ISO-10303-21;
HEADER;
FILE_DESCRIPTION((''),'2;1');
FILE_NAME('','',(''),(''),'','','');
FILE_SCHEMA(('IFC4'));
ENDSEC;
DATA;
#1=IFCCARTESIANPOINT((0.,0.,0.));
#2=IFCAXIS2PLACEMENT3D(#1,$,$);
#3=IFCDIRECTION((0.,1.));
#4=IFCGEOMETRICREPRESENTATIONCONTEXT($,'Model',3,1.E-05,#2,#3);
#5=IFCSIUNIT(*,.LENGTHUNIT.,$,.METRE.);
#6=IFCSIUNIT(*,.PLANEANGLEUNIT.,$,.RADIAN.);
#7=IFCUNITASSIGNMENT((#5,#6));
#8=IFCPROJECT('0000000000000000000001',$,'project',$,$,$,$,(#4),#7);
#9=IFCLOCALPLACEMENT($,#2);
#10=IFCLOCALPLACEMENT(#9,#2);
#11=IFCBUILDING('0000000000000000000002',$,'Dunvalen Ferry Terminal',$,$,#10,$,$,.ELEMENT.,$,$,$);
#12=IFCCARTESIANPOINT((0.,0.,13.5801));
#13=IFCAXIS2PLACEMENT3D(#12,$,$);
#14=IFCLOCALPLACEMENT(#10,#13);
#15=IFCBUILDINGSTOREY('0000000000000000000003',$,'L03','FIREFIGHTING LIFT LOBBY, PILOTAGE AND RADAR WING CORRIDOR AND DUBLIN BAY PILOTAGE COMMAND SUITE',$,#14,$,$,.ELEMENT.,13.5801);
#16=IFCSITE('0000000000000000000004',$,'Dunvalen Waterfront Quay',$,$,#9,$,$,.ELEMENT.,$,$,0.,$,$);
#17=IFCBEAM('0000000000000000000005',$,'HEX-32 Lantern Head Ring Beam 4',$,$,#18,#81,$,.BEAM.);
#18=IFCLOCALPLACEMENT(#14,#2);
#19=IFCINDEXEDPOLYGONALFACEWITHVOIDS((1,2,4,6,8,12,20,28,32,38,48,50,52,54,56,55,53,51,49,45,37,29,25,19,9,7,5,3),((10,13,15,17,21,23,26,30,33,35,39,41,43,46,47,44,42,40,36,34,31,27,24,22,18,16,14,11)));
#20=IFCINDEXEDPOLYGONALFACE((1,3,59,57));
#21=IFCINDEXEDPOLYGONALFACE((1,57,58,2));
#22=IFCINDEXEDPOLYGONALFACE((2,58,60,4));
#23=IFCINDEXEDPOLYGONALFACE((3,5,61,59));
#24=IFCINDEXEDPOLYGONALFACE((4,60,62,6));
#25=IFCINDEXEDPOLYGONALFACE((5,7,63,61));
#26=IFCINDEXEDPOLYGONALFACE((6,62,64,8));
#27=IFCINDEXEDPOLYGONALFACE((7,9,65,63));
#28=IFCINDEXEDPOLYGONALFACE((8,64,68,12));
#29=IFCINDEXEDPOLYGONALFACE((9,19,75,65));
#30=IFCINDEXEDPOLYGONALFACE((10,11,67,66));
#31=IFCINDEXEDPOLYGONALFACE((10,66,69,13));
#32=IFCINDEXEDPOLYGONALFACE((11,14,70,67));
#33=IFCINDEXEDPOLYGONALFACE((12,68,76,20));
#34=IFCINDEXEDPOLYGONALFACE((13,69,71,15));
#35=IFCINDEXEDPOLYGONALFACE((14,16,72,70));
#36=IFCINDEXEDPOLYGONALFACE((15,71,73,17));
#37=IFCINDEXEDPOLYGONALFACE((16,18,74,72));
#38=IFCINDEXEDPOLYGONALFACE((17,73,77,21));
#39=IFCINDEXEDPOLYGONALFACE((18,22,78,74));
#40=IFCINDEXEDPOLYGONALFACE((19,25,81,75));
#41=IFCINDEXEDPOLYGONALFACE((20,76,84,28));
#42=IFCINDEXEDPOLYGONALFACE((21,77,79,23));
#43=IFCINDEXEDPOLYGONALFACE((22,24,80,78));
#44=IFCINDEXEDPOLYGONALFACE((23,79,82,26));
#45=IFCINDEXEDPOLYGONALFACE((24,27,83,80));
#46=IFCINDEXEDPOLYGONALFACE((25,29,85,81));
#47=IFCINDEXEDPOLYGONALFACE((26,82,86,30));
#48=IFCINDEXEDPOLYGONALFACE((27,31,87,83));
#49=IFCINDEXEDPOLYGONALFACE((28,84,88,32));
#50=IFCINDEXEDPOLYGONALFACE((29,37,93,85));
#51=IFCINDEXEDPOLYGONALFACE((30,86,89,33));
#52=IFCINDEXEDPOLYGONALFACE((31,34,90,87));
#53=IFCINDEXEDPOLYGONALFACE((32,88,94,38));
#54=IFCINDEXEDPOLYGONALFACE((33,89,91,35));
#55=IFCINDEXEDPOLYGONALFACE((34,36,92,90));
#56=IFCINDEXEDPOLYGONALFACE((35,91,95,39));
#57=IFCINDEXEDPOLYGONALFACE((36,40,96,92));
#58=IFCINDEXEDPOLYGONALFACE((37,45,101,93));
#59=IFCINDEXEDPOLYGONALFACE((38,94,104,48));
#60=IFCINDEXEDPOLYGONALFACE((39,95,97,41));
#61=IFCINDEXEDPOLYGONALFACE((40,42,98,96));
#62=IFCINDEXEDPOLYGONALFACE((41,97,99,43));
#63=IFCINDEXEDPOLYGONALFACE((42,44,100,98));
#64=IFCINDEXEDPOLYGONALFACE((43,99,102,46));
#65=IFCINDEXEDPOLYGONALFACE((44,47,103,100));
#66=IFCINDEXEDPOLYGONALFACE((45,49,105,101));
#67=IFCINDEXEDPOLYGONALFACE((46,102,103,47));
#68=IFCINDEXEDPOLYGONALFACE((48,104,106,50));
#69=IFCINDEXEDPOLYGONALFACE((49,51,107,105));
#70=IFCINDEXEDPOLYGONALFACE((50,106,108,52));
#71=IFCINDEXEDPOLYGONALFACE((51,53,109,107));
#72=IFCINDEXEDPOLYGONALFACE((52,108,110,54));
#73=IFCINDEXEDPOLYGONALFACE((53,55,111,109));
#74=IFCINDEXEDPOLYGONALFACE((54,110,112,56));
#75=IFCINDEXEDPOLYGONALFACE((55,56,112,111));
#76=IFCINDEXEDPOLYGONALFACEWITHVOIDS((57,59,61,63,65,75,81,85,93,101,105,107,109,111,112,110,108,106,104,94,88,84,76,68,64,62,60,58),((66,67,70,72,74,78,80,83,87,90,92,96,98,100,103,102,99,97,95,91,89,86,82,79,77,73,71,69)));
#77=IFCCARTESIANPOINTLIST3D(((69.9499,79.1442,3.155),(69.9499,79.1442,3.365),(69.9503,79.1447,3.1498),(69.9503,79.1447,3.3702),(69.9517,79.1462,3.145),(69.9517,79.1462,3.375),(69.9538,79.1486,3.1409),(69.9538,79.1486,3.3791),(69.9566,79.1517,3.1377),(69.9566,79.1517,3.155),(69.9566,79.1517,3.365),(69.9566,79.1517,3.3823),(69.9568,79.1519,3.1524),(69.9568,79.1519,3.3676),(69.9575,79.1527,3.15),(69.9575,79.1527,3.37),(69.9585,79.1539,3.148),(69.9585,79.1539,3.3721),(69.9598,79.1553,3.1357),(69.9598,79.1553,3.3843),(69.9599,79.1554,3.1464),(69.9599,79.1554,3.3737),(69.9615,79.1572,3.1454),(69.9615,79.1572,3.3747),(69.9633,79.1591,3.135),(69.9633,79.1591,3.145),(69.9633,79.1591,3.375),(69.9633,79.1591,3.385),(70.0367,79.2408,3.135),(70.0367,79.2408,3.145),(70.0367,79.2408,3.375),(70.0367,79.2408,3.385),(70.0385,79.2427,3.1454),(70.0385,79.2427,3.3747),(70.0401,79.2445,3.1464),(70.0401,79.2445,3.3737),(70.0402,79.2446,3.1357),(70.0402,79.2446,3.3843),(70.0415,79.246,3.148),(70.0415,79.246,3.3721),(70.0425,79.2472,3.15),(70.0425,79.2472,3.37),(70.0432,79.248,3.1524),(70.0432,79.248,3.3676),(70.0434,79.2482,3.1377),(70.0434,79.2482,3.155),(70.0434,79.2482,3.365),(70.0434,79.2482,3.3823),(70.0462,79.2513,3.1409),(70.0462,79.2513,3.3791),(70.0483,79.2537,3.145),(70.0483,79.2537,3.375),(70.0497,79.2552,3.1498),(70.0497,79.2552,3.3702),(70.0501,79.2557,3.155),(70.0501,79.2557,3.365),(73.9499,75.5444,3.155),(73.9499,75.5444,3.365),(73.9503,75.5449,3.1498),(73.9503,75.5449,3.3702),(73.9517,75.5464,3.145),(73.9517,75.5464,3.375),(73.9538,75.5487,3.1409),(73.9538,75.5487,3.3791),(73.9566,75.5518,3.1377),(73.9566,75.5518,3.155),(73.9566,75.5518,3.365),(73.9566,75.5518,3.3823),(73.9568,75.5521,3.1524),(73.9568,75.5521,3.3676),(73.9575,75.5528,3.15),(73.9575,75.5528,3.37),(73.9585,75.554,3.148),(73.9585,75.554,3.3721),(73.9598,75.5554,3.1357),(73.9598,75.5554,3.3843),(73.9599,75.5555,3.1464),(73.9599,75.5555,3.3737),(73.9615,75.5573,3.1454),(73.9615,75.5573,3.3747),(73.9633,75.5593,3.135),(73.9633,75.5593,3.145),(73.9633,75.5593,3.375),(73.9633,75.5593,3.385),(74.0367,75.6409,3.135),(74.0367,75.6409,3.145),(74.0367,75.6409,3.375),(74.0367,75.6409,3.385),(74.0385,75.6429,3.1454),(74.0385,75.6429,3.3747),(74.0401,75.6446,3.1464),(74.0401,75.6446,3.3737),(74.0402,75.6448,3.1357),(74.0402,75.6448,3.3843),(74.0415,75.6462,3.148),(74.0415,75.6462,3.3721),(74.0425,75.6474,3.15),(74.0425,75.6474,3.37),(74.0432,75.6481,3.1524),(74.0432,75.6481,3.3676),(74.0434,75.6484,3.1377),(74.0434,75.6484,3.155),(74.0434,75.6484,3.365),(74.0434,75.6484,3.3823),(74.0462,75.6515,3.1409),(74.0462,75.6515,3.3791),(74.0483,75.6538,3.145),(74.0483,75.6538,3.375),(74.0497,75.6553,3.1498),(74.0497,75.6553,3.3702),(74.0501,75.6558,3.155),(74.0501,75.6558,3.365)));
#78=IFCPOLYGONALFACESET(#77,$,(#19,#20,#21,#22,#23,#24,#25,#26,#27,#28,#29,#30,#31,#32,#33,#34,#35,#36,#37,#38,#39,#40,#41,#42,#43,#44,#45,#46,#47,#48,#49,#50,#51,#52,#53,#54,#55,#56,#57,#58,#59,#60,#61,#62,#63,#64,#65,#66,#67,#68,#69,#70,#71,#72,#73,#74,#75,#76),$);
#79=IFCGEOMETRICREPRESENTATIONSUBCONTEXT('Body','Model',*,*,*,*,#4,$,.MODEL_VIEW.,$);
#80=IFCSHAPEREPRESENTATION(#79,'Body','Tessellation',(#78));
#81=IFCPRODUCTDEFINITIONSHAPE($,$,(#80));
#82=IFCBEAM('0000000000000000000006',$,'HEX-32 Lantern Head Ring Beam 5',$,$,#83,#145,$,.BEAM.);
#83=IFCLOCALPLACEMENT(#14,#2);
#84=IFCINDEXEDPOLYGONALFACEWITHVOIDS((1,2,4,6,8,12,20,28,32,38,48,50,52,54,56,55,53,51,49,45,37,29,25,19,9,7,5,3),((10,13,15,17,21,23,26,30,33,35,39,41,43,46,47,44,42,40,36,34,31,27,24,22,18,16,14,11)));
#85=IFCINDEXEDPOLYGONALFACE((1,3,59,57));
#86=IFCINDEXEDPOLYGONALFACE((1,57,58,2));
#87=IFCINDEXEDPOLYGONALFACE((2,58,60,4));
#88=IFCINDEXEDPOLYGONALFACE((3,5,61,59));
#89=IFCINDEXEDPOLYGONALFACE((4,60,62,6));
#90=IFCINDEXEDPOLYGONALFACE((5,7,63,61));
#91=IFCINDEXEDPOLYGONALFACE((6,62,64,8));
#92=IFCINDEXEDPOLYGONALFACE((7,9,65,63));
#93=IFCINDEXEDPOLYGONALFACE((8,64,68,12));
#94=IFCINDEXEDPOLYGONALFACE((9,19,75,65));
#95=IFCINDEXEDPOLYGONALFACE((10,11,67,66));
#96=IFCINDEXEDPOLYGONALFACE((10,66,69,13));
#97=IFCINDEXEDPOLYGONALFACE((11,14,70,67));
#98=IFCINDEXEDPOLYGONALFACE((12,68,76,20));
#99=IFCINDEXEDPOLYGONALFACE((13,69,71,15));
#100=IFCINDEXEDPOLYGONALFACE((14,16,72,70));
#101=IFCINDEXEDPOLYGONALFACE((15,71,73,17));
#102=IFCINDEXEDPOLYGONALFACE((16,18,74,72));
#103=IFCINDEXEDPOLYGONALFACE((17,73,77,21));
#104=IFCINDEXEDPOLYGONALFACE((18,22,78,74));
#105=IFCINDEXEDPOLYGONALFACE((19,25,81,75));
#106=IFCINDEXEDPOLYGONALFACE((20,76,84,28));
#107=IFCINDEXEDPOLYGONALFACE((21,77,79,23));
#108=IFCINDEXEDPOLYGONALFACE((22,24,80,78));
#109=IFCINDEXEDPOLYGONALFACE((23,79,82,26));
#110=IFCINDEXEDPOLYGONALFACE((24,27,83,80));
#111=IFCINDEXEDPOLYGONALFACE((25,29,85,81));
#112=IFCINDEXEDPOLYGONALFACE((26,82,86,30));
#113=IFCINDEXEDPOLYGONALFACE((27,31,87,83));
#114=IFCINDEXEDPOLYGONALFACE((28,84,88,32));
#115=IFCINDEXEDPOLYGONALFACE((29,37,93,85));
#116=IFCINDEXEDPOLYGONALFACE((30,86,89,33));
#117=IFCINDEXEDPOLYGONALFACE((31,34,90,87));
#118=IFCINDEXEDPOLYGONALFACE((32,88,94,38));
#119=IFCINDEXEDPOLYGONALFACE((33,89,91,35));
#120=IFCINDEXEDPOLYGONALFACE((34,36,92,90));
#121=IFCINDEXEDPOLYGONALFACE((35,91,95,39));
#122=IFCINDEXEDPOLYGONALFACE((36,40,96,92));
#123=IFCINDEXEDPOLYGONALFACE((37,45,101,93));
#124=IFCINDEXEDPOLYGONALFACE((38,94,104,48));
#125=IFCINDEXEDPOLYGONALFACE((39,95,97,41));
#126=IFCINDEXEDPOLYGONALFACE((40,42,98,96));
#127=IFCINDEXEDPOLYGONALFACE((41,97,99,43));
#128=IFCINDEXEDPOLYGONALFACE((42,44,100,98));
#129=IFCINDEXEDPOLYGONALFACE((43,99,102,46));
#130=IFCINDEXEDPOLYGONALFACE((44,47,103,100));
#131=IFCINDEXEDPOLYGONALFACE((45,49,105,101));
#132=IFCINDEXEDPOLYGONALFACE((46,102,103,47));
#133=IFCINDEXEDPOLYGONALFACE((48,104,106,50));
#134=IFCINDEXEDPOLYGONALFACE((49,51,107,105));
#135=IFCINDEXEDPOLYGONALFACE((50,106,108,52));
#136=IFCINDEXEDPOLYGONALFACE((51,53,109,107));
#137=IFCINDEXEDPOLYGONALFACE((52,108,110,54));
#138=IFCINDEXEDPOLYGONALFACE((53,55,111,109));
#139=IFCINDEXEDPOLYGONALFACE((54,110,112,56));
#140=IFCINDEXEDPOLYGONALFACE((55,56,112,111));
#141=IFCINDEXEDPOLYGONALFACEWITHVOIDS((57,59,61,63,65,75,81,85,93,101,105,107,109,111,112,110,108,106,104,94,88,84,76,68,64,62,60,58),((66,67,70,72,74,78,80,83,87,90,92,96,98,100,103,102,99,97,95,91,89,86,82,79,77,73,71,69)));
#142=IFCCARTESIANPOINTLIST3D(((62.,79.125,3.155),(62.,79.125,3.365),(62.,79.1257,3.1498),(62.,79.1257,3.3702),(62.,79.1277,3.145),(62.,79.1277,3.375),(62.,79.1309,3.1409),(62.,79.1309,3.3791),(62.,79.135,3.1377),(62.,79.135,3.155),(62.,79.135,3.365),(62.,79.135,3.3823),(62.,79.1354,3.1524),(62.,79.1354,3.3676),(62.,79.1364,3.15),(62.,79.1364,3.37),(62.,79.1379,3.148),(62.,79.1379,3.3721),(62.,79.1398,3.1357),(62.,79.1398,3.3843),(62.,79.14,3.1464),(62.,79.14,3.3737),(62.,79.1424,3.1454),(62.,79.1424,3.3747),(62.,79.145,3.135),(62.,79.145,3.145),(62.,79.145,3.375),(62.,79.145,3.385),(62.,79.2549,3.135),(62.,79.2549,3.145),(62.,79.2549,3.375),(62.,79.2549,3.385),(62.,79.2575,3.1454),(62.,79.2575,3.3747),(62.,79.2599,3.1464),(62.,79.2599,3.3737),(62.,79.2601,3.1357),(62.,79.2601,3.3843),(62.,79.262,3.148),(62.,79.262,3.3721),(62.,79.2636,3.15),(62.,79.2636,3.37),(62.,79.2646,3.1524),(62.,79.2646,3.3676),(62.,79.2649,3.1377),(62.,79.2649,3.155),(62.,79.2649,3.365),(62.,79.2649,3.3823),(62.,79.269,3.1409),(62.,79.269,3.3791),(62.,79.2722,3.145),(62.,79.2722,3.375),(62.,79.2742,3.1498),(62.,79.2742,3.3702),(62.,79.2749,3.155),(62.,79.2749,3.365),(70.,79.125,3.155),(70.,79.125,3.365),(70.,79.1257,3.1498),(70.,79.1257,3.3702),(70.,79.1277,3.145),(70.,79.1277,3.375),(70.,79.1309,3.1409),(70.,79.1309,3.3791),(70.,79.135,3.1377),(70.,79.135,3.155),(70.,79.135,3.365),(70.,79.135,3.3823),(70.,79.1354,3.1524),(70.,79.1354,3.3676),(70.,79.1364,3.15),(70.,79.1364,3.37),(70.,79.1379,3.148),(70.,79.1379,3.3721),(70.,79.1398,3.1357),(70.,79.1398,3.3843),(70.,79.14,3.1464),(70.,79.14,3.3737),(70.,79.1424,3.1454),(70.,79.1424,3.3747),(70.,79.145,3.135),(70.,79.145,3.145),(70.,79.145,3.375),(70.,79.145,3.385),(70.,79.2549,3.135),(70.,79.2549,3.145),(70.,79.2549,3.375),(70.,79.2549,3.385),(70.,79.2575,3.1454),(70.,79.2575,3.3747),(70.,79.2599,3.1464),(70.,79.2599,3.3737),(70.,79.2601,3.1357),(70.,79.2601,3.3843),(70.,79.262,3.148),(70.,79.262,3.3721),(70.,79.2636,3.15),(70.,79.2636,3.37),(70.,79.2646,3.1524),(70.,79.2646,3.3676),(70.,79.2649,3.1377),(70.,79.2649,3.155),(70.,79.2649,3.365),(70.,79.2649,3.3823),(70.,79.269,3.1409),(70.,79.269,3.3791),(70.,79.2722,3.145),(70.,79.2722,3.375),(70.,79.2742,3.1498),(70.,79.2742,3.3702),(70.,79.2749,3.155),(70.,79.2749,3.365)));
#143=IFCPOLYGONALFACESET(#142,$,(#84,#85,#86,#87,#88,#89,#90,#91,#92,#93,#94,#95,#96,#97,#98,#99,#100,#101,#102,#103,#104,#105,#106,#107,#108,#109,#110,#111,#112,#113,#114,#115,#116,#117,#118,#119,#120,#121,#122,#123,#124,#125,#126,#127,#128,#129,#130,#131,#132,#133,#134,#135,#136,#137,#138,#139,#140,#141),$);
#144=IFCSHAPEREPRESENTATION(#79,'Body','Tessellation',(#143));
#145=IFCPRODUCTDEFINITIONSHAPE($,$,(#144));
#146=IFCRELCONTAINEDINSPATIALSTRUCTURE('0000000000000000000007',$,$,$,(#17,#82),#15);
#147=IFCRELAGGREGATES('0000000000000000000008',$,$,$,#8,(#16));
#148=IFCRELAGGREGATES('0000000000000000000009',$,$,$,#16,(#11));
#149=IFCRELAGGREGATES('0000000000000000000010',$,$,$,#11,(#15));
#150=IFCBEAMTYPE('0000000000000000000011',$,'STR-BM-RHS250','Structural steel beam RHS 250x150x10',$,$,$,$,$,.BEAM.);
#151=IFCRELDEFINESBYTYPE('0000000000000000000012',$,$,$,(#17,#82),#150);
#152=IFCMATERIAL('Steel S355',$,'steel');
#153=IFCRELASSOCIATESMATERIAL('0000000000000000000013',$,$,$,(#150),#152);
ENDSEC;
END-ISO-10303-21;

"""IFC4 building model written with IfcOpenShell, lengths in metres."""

from ifc_helpers import new_model, si_unit, direction, frame, origin, origin_2d, place, context, subcontext, project, spatial, hollow_rectangle, extrude, material, material_profile, profile_set, type_object, element, save


model = new_model("IFC4")

# Units and contexts
model_context = context("Model", 3, precision=1e-05, world=origin(), true_north=direction((0.0, 1.0)))
body_context = subcontext(model_context, "Body", "Model", "MODEL_VIEW")
ifc_project = project(units=[si_unit("LENGTHUNIT", "METRE"), si_unit("PLANEANGLEUNIT", "RADIAN")], contexts=[model_context])

# Site, building, storey
site_placement = place(None, origin())
site = spatial("IfcSite", under=ifc_project, at=site_placement, Name="Dunvalen Waterfront Quay", CompositionType="ELEMENT", RefElevation=0.0)
building_placement = place(site_placement, origin())
building = spatial("IfcBuilding", under=site, at=building_placement, Name="Dunvalen Ferry Terminal", CompositionType="ELEMENT")
storey_placement = place(building_placement, frame((0.0, 0.0, 13.5801)))
storey = spatial("IfcBuildingStorey", under=building, at=storey_placement, Name="L03", Description="FIREFIGHTING LIFT LOBBY, PILOTAGE AND RADAR WING CORRIDOR AND DUBLIN BAY PILOTAGE COMMAND SUITE", CompositionType="ELEMENT", Elevation=13.5801)

# Beams
ifc_material_1 = material(Name="Steel S355", Category="steel")
ifc_material_profile_1 = material_profile(ifc_material_1, hollow_rectangle(XDim=0.1499, YDim=0.25, WallThickness=0.01, InnerFilletRadius=0.01, OuterFilletRadius=0.02, at=origin_2d()), Name="Steel S355")
ifc_profile_set_1 = profile_set([ifc_material_profile_1], Name="Steel S355")
beam_type = type_object("IfcBeamType", Name="STR-BM-RHS250", Description="Structural steel beam RHS 250x150x10", PredefinedType="BEAM", material=ifc_profile_set_1)
beam_1_placement = place(storey_placement, frame((74.0, 75.6001, 3.26), z_axis=(-0.743308, 0.66895, 0.0), x_axis=(-0.66895, -0.743308, 0.0)))
element("IfcBeam", 1, at=beam_1_placement, inside=storey, type_object=beam_type, Name="HEX-32 Lantern Head Ring Beam 4", PredefinedType="BEAM", context=body_context, shape_type="SweptSolid", body=[
    extrude(hollow_rectangle(XDim=0.1499, YDim=0.25, WallThickness=0.01, InnerFilletRadius=0.01, OuterFilletRadius=0.02, at=origin_2d()), origin(), (0.0, 0.0, 1.0), 5.3813),
])
beam_2_placement = place(storey_placement, frame((70.0, 79.2, 3.26), z_axis=(-1.0, 0.0, 0.0), x_axis=(0.0, -1.0, 0.0)))
element("IfcBeam", 2, at=beam_2_placement, inside=storey, type_object=beam_type, Name="HEX-32 Lantern Head Ring Beam 5", PredefinedType="BEAM", context=body_context, shape_type="SweptSolid", body=[
    extrude(hollow_rectangle(XDim=0.1499, YDim=0.25, WallThickness=0.01, InnerFilletRadius=0.01, OuterFilletRadius=0.02, at=origin_2d()), origin(), (0.0, 0.0, 1.0), 8.0),
])

save(model, "model.ifc")
